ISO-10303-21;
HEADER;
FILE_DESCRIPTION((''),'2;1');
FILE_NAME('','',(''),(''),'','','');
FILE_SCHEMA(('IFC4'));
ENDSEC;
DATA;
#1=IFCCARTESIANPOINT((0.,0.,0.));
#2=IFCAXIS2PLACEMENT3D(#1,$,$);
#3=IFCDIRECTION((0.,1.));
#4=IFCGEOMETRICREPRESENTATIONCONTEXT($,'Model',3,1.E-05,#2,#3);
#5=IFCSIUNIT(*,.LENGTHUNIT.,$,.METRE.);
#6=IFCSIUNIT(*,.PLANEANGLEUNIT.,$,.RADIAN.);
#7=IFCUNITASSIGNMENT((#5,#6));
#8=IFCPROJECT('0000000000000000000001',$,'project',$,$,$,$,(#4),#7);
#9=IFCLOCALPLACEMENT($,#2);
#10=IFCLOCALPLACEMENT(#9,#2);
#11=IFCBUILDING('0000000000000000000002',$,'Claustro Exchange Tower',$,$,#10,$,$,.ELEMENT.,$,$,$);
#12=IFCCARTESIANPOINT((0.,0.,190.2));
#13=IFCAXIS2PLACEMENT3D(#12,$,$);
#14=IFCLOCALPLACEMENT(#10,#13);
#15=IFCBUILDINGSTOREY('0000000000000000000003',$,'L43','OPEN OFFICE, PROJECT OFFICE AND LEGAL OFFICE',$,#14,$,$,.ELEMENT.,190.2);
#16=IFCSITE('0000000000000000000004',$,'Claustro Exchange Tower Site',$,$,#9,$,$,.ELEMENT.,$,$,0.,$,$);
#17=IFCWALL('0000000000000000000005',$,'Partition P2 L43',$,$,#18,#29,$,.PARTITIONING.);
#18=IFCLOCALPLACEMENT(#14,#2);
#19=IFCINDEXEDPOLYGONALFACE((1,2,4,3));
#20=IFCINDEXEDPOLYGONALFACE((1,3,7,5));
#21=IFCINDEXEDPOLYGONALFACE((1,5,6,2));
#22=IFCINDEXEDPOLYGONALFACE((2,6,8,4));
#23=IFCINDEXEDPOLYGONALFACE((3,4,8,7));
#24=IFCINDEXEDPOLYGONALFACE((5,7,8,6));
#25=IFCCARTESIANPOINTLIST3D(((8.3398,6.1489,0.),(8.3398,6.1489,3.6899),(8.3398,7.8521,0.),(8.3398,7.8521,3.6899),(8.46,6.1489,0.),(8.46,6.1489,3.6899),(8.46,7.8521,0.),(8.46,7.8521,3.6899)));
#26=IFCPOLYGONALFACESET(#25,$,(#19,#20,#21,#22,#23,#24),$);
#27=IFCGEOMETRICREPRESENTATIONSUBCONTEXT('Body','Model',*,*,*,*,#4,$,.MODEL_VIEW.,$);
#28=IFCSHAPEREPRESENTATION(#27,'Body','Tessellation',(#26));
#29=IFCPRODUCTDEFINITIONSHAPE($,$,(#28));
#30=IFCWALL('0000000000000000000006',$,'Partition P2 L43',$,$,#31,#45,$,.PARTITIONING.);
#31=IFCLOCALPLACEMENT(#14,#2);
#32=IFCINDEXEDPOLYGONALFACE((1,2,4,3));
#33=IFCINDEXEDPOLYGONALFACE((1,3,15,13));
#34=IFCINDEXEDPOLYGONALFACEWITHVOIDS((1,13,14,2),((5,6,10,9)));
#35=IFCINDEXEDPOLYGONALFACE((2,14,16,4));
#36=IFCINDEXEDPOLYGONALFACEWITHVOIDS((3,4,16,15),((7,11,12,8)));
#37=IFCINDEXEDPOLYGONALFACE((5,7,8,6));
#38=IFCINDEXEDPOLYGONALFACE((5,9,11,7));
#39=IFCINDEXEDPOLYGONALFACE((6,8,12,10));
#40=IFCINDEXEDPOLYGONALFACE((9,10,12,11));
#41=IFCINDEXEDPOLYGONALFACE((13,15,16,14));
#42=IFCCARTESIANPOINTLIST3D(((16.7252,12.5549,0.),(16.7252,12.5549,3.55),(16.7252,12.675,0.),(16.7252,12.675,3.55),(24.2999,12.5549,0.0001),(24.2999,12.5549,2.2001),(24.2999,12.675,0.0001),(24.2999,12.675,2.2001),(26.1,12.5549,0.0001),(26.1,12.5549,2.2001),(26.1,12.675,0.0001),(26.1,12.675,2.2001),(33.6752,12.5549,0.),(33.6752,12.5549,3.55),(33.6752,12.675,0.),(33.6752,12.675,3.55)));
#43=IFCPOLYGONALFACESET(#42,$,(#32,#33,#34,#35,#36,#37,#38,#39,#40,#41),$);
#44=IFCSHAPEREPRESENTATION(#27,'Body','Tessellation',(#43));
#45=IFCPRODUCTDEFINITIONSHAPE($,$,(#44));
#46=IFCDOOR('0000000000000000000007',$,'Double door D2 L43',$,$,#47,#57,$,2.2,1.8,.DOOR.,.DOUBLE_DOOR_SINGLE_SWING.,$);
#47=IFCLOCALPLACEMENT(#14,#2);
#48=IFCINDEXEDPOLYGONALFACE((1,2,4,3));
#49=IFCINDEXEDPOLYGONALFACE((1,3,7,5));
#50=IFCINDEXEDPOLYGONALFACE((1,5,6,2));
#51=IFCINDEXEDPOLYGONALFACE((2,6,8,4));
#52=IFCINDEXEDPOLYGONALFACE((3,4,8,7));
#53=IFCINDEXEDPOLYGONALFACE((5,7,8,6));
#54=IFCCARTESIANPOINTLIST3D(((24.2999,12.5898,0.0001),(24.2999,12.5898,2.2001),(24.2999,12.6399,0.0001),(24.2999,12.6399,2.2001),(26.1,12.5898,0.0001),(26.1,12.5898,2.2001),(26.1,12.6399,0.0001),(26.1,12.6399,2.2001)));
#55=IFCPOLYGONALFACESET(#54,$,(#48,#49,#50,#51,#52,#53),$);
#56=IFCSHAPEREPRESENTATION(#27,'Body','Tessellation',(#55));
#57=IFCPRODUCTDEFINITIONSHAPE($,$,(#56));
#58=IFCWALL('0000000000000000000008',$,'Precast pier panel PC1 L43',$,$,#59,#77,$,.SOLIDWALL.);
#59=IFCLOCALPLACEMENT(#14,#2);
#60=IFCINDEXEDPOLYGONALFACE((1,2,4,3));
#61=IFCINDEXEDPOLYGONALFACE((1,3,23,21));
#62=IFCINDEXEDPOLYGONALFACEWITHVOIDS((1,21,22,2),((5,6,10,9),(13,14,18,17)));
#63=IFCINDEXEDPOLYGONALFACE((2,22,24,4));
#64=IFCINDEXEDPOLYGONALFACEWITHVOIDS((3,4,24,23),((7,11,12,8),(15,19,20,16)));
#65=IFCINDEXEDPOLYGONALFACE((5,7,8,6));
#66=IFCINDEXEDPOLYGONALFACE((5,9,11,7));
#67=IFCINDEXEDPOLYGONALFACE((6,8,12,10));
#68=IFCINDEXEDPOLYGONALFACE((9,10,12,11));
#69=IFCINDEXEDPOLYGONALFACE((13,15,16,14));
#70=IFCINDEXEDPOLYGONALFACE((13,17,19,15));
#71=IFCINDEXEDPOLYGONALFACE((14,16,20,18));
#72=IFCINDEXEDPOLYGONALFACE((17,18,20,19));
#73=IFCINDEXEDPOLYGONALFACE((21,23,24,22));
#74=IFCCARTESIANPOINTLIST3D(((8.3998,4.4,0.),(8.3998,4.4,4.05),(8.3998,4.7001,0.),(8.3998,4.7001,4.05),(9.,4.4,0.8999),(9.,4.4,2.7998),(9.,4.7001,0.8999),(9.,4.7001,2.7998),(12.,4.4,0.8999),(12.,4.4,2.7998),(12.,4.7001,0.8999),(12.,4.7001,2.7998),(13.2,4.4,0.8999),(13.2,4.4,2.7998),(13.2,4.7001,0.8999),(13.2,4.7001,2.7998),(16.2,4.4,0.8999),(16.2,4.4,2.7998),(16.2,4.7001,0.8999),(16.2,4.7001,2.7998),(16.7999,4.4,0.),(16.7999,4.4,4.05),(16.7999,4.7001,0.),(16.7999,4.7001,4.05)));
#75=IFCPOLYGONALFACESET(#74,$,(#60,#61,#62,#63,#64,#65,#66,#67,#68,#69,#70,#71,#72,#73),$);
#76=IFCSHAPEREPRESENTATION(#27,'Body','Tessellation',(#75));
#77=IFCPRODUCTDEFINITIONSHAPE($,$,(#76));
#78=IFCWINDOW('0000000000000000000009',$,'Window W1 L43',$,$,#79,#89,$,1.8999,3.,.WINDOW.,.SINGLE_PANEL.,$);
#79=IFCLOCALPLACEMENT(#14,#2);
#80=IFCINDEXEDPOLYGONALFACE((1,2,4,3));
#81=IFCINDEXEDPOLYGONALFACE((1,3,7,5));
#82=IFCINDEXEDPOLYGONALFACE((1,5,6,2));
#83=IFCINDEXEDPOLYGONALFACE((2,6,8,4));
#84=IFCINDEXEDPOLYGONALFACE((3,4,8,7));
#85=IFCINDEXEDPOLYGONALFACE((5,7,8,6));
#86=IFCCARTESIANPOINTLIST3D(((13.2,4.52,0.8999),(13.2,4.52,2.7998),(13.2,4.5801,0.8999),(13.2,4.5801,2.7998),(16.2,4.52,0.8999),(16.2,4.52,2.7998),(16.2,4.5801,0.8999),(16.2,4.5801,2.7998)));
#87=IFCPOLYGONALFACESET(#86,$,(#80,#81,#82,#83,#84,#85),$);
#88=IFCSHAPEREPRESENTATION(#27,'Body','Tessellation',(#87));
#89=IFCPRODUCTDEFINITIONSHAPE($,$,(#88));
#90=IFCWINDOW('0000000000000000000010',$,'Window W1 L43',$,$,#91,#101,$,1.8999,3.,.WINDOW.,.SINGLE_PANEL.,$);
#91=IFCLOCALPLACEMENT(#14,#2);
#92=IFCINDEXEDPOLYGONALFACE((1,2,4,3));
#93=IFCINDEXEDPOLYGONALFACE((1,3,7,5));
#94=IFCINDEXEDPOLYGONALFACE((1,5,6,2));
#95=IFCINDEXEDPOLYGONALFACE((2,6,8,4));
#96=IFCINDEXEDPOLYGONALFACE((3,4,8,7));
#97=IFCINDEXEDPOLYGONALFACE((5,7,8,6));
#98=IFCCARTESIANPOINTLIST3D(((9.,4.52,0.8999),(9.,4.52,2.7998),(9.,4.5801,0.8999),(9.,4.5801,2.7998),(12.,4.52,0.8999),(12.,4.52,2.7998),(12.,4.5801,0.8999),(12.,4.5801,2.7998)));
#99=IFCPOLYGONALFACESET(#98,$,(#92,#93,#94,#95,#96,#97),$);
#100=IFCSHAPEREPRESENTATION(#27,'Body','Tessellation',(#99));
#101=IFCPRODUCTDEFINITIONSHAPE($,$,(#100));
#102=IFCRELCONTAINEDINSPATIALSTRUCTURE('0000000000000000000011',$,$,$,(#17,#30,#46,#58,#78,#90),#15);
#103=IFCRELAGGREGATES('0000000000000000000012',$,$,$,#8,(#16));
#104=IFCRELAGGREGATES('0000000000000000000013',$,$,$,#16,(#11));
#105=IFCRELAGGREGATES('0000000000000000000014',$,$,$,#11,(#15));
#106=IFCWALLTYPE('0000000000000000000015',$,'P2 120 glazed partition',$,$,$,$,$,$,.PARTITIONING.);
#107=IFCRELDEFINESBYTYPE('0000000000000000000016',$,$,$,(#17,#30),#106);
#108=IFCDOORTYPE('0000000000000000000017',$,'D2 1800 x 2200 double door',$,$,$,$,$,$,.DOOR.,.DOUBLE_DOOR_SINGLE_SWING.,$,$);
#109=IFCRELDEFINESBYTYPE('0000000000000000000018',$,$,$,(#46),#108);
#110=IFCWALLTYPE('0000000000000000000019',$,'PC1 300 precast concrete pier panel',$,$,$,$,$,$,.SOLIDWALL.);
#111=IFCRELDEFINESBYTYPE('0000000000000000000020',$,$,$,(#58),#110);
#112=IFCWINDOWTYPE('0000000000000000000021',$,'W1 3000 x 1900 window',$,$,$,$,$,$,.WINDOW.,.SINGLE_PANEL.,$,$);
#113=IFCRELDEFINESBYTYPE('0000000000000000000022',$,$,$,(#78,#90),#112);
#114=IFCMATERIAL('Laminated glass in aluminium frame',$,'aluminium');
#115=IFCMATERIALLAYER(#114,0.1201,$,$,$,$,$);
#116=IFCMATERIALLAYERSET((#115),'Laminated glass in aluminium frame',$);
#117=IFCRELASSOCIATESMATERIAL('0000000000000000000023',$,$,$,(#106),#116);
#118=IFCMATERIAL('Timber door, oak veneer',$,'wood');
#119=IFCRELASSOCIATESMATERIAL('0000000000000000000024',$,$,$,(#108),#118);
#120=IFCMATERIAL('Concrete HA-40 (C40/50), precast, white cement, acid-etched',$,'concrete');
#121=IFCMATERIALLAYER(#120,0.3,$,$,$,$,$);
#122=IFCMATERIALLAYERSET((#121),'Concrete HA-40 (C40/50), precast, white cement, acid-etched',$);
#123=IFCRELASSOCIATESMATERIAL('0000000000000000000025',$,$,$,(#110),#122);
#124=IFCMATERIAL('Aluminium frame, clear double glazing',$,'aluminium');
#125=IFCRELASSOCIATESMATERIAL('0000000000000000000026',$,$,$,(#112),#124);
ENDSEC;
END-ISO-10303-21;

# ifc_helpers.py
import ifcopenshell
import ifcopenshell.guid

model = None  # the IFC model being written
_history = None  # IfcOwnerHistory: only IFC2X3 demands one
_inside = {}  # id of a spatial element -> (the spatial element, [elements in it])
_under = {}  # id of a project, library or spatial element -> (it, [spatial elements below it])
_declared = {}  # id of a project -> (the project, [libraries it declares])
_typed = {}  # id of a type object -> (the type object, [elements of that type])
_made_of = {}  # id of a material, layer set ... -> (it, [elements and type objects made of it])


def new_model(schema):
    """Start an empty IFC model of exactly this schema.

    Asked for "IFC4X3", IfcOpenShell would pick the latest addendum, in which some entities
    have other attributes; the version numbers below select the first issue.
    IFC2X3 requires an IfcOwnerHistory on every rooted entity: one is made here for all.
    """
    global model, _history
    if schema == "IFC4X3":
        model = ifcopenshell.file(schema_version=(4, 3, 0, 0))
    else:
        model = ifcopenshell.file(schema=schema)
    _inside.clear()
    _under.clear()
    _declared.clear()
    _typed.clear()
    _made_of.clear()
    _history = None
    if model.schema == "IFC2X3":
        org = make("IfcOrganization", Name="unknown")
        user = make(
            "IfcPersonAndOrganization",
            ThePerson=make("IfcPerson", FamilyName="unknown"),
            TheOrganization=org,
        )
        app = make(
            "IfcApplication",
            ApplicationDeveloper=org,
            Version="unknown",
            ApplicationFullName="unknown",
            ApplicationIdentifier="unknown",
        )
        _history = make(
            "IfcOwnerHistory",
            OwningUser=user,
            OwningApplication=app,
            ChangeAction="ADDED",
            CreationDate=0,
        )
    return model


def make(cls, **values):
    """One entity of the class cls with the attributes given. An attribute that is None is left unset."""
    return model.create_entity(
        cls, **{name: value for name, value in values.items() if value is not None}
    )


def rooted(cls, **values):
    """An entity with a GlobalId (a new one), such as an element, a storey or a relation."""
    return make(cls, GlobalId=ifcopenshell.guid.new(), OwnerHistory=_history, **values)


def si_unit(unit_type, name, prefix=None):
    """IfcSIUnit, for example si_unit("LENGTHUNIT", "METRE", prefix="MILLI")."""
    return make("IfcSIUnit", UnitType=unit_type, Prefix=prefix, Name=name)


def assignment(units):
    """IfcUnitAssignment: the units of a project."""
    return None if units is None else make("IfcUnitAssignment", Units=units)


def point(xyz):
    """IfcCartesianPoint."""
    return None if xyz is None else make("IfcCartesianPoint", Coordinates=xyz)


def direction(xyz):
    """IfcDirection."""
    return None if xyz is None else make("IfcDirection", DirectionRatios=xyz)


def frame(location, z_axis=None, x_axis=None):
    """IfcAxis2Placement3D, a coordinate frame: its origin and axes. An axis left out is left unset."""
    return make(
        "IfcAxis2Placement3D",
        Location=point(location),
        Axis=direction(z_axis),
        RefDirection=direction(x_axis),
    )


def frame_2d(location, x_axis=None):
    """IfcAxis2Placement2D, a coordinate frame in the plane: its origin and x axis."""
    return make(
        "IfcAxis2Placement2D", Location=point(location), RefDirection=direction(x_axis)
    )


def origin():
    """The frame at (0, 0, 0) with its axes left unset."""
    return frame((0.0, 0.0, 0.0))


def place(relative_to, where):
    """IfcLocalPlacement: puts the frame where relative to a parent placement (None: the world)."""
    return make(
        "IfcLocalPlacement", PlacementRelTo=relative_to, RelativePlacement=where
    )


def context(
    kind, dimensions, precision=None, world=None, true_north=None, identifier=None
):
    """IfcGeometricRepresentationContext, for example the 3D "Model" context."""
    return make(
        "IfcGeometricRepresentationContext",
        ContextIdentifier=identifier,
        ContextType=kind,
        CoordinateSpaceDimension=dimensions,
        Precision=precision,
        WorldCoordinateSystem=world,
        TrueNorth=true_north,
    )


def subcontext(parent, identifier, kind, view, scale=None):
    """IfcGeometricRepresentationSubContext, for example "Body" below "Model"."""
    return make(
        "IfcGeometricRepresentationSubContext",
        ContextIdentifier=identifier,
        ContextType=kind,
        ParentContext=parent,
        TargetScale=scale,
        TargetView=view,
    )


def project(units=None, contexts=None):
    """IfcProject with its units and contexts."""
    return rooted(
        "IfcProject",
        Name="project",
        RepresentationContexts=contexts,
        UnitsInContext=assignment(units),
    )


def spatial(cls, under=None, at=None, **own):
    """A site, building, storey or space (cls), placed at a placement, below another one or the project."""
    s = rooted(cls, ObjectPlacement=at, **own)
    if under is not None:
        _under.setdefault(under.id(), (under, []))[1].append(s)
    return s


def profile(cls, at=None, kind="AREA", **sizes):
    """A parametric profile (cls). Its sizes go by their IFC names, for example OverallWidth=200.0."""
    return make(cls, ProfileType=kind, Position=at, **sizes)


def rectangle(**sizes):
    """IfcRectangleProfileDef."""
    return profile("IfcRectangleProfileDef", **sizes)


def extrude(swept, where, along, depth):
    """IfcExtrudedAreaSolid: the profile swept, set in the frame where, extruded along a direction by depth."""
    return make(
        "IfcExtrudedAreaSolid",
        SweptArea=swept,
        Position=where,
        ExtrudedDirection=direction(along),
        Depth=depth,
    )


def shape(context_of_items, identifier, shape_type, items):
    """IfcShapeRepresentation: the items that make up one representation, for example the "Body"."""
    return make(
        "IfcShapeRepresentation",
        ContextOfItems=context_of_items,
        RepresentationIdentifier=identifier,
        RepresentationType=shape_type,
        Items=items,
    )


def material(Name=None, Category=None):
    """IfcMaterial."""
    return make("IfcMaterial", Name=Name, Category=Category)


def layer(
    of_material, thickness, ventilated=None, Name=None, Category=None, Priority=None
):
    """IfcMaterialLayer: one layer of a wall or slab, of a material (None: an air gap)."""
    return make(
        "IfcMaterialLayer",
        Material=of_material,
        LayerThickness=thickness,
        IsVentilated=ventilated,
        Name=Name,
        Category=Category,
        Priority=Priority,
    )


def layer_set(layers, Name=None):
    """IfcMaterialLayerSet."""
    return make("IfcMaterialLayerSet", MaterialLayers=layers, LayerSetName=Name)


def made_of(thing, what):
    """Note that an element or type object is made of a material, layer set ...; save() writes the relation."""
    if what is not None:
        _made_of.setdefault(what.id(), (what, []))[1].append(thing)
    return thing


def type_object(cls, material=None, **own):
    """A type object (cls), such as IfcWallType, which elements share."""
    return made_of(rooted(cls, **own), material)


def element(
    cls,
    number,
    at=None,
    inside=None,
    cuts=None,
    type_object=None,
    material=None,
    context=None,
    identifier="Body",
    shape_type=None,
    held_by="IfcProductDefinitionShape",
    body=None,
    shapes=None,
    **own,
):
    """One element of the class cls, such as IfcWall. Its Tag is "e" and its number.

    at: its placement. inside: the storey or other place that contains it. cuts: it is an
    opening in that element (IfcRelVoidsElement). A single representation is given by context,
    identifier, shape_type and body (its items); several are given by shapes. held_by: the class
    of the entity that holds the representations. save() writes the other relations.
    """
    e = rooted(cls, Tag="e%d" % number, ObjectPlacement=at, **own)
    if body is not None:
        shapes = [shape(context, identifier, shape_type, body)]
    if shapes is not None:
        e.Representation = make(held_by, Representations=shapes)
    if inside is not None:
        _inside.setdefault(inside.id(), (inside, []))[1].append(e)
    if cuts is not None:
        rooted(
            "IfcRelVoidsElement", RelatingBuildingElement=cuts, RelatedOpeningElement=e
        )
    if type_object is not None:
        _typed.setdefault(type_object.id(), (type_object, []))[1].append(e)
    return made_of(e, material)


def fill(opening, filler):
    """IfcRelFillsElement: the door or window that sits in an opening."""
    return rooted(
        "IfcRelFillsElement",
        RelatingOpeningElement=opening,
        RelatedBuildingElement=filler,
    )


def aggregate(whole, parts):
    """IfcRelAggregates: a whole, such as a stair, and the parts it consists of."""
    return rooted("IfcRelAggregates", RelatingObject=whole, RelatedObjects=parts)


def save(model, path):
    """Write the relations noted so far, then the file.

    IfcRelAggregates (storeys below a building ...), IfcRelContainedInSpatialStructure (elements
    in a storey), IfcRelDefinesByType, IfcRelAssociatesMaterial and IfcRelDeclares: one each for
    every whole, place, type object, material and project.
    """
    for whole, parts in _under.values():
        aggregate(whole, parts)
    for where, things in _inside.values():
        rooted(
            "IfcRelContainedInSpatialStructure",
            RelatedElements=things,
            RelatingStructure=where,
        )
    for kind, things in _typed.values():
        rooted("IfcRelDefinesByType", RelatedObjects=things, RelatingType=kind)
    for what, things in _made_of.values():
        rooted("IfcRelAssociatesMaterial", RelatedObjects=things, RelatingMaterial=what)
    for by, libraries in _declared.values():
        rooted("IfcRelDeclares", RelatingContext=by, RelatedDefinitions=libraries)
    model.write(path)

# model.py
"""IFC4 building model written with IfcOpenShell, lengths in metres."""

from ifc_helpers import new_model, si_unit, direction, frame, frame_2d, origin, place, context, subcontext, project, spatial, rectangle, extrude, material, layer, layer_set, type_object, element, fill, save


model = new_model("IFC4")

# Units and contexts
model_context = context("Model", 3, precision=1e-05, world=origin(), true_north=direction((0.0, 1.0)))
body_context = subcontext(model_context, "Body", "Model", "MODEL_VIEW")
ifc_project = project(units=[si_unit("LENGTHUNIT", "METRE"), si_unit("PLANEANGLEUNIT", "RADIAN")], contexts=[model_context])

# Site, building, storey
site_placement = place(None, origin())
site = spatial("IfcSite", under=ifc_project, at=site_placement, Name="Claustro Exchange Tower Site", CompositionType="ELEMENT", RefElevation=0.0)
building_placement = place(site_placement, origin())
building = spatial("IfcBuilding", under=site, at=building_placement, Name="Claustro Exchange Tower", CompositionType="ELEMENT")
storey_placement = place(building_placement, frame((0.0, 0.0, 190.2)))
storey = spatial("IfcBuildingStorey", under=building, at=storey_placement, Name="L43", Description="OPEN OFFICE, PROJECT OFFICE AND LEGAL OFFICE", CompositionType="ELEMENT", Elevation=190.2)

# Wall
ifc_material_1 = material(Name="Laminated glass in aluminium frame", Category="aluminium")
ifc_layer_1 = layer(ifc_material_1, 0.1201)
ifc_layer_set_1 = layer_set([ifc_layer_1], Name="Laminated glass in aluminium frame")
wall_type_1 = type_object("IfcWallType", Name="P2 120 glazed partition", PredefinedType="PARTITIONING", material=ifc_layer_set_1)
wall_1_placement = place(storey_placement, frame((8.3999, 6.1489, 0.0), z_axis=(0.0, 0.0, 1.0), x_axis=(0.0, 1.0, 0.0)))
element("IfcWall", 1, at=wall_1_placement, inside=storey, type_object=wall_type_1, Name="Partition P2 L43", PredefinedType="PARTITIONING", context=body_context, shape_type="SweptSolid", body=[
    extrude(rectangle(XDim=1.7031, YDim=0.1201, at=frame_2d((0.8516, 0.0))), origin(), (0.0, 0.0, 1.0), 3.6899),
])

# Wall, opening, door
wall_2_placement = place(storey_placement, frame((16.7251, 12.615, 0.0), z_axis=(0.0, 0.0, 1.0), x_axis=(1.0, 0.0, 0.0)))
wall_2 = element("IfcWall", 2, at=wall_2_placement, inside=storey, type_object=wall_type_1, Name="Partition P2 L43", PredefinedType="PARTITIONING", context=body_context, shape_type="SweptSolid", body=[
    extrude(rectangle(XDim=16.95, YDim=0.1201, at=frame_2d((8.4751, 0.0))), origin(), (0.0, 0.0, 1.0), 3.55),
])
opening_1_placement = place(wall_2_placement, frame((7.575, 0.0, 0.0)))
opening_1 = element("IfcOpeningElement", 3, at=opening_1_placement, cuts=wall_2, PredefinedType="OPENING", context=body_context, shape_type="SweptSolid", body=[
    extrude(rectangle(XDim=1.8, YDim=2.2, at=frame_2d((0.8999, 1.1001))), frame((0.0, 0.0701, 0.0), z_axis=(0.0, -1.0, 0.0), x_axis=(1.0, 0.0, 0.0)), (0.0, 0.0, 1.0), 0.1401),
])
ifc_material_2 = material(Name="Timber door, oak veneer", Category="wood")
door_type_1 = type_object("IfcDoorType", Name="D2 1800 x 2200 double door", OperationType="DOUBLE_DOOR_SINGLE_SWING", PredefinedType="DOOR", material=ifc_material_2)
door_1_placement = place(opening_1_placement, origin())
door_1 = element("IfcDoor", 4, at=door_1_placement, inside=storey, type_object=door_type_1, Name="Double door D2 L43", OperationType="DOUBLE_DOOR_SINGLE_SWING", OverallHeight=2.2, OverallWidth=1.8, PredefinedType="DOOR", context=body_context, shape_type="SweptSolid", body=[
    extrude(rectangle(XDim=1.8, YDim=2.2, at=frame_2d((0.8999, 1.1001))), frame((0.0, 0.0249, 0.0), z_axis=(0.0, -1.0, 0.0), x_axis=(1.0, 0.0, 0.0)), (0.0, 0.0, 1.0), 0.05),
])
fill(opening_1, door_1)

# Wall, openings, windows
ifc_material_3 = material(Name="Concrete HA-40 (C40/50), precast, white cement, acid-etched", Category="concrete")
ifc_layer_2 = layer(ifc_material_3, 0.3)
ifc_layer_set_2 = layer_set([ifc_layer_2], Name="Concrete HA-40 (C40/50), precast, white cement, acid-etched")
wall_type_2 = type_object("IfcWallType", Name="PC1 300 precast concrete pier panel", PredefinedType="SOLIDWALL", material=ifc_layer_set_2)
wall_3_placement = place(storey_placement, frame((16.8, 4.55, 0.0), z_axis=(0.0, 0.0, 1.0), x_axis=(-1.0, 0.0, 0.0)))
wall_3 = element("IfcWall", 5, at=wall_3_placement, inside=storey, type_object=wall_type_2, Name="Precast pier panel PC1 L43", PredefinedType="SOLIDWALL", context=body_context, shape_type="SweptSolid", body=[
    extrude(rectangle(XDim=8.4001, YDim=0.3, at=frame_2d((4.2002, 0.0))), origin(), (0.0, 0.0, 1.0), 4.05),
])
opening_2_placement = place(wall_3_placement, frame((0.6001, 0.0, 0.8999)))
opening_2 = element("IfcOpeningElement", 6, at=opening_2_placement, cuts=wall_3, PredefinedType="OPENING", context=body_context, shape_type="SweptSolid", body=[
    extrude(rectangle(XDim=3.0, YDim=1.8999, at=frame_2d((1.5, 0.95))), frame((0.0, 0.1599, 0.0), z_axis=(0.0, -1.0, 0.0), x_axis=(1.0, 0.0, 0.0)), (0.0, 0.0, 1.0), 0.3201),
])
opening_3_placement = place(wall_3_placement, frame((4.8, 0.0, 0.8999)))
opening_3 = element("IfcOpeningElement", 7, at=opening_3_placement, cuts=wall_3, PredefinedType="OPENING", context=body_context, shape_type="SweptSolid", body=[
    extrude(rectangle(XDim=3.0, YDim=1.8999, at=frame_2d((1.5, 0.95))), frame((0.0, 0.1599, 0.0), z_axis=(0.0, -1.0, 0.0), x_axis=(1.0, 0.0, 0.0)), (0.0, 0.0, 1.0), 0.3201),
])
ifc_material_4 = material(Name="Aluminium frame, clear double glazing", Category="aluminium")
window_type = type_object("IfcWindowType", Name="W1 3000 x 1900 window", PartitioningType="SINGLE_PANEL", PredefinedType="WINDOW", material=ifc_material_4)
window_1_placement = place(opening_2_placement, origin())
window_1 = element("IfcWindow", 8, at=window_1_placement, inside=storey, type_object=window_type, Name="Window W1 L43", OverallHeight=1.8999, OverallWidth=3.0, PartitioningType="SINGLE_PANEL", PredefinedType="WINDOW", context=body_context, shape_type="SweptSolid", body=[
    extrude(rectangle(XDim=3.0, YDim=1.8999, at=frame_2d((1.5, 0.95))), frame((0.0, 0.03, 0.0), z_axis=(0.0, -1.0, 0.0), x_axis=(1.0, 0.0, 0.0)), (0.0, 0.0, 1.0), 0.0601),
])
fill(opening_2, window_1)
window_2_placement = place(opening_3_placement, origin())
window_2 = element("IfcWindow", 9, at=window_2_placement, inside=storey, type_object=window_type, Name="Window W1 L43", OverallHeight=1.8999, OverallWidth=3.0, PartitioningType="SINGLE_PANEL", PredefinedType="WINDOW", context=body_context, shape_type="SweptSolid", body=[
    extrude(rectangle(XDim=3.0, YDim=1.8999, at=frame_2d((1.5, 0.95))), frame((0.0, 0.03, 0.0), z_axis=(0.0, -1.0, 0.0), x_axis=(1.0, 0.0, 0.0)), (0.0, 0.0, 1.0), 0.0601),
])
fill(opening_3, window_2)

save(model, "model.ifc")
